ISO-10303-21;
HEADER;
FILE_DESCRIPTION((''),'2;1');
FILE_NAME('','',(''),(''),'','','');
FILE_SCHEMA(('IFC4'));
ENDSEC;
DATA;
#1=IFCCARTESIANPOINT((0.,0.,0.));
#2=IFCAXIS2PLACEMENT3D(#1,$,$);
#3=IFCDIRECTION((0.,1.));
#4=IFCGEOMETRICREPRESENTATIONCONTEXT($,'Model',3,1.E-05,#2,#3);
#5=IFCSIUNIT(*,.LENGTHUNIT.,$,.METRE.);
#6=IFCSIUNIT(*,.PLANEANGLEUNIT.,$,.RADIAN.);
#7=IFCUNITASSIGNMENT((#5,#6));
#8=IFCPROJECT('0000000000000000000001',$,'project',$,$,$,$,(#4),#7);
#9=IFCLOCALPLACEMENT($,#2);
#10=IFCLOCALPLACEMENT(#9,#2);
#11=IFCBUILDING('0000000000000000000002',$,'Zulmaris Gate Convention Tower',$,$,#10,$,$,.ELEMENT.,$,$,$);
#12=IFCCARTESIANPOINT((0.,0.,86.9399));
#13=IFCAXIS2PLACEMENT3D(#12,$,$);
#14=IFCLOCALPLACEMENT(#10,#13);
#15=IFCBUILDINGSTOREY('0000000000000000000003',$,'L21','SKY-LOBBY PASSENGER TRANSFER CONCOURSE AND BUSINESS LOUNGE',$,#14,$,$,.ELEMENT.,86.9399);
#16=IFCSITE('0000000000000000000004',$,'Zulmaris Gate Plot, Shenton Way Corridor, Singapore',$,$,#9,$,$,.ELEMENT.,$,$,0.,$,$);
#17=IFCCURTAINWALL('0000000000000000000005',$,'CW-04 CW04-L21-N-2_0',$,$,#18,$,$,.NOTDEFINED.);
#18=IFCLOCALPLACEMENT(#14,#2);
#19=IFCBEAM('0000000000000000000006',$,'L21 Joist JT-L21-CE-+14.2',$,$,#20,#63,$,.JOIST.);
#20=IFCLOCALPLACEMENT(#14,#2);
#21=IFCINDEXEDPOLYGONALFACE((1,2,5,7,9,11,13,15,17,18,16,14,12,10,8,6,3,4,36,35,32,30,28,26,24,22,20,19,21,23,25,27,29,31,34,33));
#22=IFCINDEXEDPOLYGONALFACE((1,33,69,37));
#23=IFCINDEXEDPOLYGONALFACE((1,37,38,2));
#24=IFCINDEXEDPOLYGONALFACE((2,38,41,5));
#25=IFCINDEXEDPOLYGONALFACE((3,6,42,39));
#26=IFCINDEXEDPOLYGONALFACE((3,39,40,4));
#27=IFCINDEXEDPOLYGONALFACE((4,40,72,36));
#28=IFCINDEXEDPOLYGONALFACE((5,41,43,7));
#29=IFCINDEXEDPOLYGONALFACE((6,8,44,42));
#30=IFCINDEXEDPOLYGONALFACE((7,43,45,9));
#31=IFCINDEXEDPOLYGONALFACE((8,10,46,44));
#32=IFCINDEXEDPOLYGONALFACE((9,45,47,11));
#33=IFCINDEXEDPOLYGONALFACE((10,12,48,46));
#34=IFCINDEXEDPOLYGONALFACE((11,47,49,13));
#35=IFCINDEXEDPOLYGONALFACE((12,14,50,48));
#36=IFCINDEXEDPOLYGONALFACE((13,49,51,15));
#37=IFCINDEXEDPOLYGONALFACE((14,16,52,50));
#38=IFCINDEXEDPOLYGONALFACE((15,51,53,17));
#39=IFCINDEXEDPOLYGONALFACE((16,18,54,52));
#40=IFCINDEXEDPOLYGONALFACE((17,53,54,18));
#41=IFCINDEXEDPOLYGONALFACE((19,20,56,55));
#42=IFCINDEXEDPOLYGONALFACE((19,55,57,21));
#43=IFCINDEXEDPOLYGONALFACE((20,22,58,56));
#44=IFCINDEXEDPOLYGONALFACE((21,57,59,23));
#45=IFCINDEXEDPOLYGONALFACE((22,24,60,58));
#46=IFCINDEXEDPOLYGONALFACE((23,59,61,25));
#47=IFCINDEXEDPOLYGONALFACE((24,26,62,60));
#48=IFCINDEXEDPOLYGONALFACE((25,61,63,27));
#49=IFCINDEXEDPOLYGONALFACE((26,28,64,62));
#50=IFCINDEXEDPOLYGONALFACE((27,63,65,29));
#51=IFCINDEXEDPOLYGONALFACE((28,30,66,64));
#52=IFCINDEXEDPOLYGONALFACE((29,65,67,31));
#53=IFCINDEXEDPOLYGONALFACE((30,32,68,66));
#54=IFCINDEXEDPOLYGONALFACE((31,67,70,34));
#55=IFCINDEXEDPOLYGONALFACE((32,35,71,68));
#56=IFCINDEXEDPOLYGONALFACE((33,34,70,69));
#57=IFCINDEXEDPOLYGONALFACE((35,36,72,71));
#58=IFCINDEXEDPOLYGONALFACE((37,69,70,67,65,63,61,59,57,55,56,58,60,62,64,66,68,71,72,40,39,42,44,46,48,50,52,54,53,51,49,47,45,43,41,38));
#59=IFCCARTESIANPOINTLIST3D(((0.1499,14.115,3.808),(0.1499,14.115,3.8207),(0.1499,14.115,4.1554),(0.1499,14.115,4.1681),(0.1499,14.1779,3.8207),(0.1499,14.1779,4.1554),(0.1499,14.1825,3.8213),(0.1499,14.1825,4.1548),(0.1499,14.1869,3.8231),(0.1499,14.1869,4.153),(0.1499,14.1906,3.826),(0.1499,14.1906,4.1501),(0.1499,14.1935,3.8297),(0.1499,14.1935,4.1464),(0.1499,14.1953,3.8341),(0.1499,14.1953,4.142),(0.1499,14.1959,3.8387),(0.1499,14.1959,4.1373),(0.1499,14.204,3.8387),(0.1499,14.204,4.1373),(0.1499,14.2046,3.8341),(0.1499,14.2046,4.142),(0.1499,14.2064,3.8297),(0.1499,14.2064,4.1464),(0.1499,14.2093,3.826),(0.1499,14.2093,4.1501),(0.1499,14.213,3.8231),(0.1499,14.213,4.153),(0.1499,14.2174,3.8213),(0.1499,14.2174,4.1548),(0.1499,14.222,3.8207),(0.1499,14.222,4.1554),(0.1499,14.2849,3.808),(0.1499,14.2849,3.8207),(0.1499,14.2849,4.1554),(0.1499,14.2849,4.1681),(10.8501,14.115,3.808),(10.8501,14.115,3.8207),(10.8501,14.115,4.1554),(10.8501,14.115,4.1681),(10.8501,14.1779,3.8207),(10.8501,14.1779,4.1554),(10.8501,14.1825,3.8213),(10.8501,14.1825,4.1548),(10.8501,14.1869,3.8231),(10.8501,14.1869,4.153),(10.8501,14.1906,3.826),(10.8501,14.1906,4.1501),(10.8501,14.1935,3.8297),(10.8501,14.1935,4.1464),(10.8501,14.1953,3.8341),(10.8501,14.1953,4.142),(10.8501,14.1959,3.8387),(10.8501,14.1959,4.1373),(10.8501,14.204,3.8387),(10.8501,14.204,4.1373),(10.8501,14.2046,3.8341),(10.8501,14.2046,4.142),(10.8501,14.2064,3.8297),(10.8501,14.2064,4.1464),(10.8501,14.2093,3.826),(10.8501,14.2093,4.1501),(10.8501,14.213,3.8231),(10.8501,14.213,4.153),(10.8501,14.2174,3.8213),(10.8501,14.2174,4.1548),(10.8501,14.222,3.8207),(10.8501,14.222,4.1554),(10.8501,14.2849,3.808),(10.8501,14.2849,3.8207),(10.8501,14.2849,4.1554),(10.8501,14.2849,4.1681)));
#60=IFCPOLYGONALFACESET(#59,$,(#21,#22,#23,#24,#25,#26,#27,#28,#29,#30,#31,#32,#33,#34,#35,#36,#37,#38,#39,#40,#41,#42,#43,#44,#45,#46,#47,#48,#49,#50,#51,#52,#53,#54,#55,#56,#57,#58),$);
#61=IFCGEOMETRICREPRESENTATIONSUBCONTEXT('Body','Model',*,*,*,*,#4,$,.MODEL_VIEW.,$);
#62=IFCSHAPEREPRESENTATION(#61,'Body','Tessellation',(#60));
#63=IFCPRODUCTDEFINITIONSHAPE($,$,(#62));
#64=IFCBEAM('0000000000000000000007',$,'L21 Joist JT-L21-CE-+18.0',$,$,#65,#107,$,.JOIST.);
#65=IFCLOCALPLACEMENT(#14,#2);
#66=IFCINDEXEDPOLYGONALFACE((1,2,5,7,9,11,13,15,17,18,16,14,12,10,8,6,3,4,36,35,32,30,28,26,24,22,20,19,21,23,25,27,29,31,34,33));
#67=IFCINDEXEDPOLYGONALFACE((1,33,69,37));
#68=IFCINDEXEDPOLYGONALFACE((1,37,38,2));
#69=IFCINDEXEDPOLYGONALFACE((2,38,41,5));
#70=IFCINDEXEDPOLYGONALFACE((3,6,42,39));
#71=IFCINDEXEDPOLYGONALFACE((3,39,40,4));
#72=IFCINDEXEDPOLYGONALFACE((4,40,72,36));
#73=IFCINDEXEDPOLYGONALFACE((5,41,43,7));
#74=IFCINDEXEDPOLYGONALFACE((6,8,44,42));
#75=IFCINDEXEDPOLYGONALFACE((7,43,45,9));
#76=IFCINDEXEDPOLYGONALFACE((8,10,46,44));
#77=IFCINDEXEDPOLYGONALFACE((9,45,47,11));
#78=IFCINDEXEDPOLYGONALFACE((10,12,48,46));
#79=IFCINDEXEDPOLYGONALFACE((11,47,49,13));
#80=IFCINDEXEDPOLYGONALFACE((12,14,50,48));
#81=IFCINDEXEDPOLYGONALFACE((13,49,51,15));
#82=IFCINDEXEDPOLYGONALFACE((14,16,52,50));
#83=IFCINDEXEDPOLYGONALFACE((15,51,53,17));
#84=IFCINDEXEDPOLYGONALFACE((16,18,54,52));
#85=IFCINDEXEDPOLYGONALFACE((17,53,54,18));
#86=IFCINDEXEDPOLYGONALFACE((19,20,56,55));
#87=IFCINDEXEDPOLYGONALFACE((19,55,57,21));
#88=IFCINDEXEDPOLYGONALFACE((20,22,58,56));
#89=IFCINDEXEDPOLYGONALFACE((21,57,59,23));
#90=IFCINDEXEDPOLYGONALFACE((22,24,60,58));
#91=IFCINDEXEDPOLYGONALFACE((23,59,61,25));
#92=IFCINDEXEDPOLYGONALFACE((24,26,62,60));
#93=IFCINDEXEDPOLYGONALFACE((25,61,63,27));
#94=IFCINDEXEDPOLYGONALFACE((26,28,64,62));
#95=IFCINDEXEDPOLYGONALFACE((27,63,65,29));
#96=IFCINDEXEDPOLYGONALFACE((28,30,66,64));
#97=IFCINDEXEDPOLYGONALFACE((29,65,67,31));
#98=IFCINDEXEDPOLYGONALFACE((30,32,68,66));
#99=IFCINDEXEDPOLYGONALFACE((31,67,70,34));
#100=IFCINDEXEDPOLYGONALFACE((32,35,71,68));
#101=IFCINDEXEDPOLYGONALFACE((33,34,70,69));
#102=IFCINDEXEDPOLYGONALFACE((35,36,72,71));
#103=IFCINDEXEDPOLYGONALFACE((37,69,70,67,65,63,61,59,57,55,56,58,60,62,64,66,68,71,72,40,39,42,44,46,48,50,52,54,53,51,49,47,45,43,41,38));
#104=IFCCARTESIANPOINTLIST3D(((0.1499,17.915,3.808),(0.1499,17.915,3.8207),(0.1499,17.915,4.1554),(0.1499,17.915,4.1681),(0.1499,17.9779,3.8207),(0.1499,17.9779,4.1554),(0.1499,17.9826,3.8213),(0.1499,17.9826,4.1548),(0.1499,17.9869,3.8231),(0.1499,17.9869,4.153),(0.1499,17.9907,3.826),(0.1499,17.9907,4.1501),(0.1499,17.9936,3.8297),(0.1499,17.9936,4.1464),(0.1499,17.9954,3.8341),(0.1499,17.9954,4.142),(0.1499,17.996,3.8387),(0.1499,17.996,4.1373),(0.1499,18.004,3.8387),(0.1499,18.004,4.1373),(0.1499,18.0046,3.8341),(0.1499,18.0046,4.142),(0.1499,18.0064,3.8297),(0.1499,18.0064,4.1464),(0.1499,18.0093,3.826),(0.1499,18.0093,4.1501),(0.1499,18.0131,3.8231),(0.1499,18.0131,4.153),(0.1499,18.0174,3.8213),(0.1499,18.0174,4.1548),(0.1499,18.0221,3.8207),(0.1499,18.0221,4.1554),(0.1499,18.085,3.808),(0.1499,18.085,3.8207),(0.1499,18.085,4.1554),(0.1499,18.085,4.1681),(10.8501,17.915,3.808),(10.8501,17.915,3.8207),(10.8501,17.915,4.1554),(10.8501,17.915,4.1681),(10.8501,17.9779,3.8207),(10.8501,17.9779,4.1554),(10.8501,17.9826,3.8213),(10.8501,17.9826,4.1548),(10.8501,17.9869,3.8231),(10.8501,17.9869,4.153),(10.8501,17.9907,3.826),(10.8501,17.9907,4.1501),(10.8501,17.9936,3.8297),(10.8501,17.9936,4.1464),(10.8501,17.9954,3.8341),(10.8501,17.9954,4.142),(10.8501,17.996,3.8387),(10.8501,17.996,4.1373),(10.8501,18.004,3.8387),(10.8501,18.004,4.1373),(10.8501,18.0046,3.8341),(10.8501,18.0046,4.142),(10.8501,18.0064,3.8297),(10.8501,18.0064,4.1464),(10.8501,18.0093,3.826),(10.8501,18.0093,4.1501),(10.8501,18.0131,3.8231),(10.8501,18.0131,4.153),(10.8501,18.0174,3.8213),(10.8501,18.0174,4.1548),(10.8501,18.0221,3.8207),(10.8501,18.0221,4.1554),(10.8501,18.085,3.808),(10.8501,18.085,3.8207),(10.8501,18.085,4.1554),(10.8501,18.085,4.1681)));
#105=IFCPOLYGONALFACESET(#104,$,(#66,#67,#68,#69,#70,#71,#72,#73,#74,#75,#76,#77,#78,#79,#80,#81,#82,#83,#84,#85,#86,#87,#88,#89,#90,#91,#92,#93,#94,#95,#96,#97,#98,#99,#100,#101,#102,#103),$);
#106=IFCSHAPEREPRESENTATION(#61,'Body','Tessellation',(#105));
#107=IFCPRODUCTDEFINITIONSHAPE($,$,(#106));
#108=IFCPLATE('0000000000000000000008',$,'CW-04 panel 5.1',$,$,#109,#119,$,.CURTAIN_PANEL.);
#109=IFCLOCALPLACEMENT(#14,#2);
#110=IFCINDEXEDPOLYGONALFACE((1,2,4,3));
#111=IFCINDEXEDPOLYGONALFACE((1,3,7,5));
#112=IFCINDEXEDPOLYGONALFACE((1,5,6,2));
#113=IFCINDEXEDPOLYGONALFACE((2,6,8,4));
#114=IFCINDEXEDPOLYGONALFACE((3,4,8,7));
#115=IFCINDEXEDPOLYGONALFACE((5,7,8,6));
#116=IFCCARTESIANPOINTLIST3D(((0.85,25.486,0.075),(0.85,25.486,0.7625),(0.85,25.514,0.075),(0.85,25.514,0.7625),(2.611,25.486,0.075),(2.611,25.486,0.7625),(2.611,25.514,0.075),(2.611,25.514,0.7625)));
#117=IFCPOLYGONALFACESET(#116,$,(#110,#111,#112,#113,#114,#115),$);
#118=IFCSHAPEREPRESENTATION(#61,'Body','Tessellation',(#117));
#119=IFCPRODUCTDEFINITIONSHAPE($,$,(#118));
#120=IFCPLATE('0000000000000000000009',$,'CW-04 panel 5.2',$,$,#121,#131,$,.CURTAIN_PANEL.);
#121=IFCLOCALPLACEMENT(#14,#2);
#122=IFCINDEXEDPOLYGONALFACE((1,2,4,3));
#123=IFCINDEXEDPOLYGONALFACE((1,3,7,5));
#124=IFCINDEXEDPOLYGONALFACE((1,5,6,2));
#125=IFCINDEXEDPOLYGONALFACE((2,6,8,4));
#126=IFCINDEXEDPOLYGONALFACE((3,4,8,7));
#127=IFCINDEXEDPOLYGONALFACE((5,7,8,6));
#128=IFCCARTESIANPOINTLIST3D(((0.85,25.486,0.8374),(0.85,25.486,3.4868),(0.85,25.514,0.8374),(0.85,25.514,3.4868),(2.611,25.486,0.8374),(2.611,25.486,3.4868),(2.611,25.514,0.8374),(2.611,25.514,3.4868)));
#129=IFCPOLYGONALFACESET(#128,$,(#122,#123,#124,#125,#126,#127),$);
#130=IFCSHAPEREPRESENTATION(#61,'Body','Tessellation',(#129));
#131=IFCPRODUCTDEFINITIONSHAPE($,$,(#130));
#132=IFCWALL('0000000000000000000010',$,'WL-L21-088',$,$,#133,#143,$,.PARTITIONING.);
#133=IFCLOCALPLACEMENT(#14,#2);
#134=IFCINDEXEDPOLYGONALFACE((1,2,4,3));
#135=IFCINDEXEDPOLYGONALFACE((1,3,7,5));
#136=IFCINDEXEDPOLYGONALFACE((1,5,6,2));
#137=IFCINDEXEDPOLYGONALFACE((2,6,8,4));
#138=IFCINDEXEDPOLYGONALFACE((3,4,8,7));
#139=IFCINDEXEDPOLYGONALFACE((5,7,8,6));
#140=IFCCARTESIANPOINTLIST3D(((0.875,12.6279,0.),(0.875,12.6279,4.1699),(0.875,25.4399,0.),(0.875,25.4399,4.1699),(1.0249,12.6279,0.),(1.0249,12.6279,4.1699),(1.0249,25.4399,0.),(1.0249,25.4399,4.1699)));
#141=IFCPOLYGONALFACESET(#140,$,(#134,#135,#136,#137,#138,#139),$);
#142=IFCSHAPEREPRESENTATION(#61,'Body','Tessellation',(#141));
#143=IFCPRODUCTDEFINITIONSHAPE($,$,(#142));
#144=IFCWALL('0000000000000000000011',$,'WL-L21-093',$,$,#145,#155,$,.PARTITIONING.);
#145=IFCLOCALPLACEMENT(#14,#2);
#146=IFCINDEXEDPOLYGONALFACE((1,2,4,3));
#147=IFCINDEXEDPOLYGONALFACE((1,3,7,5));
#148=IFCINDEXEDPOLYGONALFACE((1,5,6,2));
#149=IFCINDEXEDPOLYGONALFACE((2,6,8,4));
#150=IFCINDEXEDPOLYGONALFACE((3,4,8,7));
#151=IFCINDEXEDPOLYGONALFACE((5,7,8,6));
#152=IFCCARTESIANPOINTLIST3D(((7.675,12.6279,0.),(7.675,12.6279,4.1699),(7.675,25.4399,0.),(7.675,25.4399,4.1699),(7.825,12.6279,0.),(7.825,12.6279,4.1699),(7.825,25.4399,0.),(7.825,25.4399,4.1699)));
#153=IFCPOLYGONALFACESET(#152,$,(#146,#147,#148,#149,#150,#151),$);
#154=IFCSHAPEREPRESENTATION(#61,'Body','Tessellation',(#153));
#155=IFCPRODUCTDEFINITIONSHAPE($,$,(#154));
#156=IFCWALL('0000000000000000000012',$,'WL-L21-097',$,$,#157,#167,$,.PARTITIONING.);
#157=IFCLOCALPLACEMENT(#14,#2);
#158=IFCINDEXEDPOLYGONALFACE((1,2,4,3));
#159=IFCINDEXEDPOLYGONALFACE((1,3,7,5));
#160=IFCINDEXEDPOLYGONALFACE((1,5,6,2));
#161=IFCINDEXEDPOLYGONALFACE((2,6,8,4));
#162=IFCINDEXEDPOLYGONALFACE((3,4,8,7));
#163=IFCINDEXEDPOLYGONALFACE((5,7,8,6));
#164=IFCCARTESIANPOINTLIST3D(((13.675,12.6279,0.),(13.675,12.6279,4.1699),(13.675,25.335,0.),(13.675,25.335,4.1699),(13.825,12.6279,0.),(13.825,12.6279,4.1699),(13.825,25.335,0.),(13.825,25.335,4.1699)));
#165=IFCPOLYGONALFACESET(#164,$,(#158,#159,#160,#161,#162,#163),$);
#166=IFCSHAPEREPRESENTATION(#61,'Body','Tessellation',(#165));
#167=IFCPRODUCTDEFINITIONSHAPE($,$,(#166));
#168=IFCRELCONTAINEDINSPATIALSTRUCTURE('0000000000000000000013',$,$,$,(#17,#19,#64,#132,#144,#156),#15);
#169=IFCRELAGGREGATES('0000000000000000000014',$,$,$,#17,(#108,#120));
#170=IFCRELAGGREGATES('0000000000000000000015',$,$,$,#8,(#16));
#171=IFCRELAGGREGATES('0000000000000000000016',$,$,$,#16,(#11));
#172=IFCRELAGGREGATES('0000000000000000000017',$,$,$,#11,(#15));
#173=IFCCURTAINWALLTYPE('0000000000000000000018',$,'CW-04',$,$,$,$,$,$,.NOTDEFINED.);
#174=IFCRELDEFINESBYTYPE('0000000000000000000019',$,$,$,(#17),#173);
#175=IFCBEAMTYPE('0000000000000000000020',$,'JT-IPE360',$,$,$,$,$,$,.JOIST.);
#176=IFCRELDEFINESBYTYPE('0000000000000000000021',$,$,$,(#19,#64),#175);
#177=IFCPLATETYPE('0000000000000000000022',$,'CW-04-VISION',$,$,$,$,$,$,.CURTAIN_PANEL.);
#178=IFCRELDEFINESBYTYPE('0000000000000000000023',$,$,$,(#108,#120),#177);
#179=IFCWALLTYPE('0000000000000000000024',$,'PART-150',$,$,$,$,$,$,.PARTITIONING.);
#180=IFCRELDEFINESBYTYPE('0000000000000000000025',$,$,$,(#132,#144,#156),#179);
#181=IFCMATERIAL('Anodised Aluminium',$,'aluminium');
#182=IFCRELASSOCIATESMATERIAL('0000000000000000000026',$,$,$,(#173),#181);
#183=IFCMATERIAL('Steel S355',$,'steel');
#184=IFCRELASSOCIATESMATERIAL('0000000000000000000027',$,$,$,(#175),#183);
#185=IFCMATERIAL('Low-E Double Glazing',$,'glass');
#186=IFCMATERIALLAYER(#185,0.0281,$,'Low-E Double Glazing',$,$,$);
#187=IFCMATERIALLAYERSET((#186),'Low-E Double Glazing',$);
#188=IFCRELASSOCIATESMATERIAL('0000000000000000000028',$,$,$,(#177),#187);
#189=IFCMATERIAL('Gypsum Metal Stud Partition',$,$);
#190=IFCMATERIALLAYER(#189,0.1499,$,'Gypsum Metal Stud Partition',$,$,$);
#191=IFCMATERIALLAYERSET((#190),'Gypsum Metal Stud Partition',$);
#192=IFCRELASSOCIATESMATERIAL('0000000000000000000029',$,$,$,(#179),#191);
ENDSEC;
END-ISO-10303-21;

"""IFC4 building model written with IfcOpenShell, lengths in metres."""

from ifc_helpers import new_model, si_unit, direction, frame, frame_2d, origin, origin_2d, place, context, subcontext, project, spatial, rectangle, i_section, extrude, material, layer, layer_set, material_profile, profile_set, type_object, element, aggregate, save


model = new_model("IFC4")

# Units and contexts
model_context = context("Model", 3, precision=1e-05, world=origin(), true_north=direction((0.0, 1.0)))
body_context = subcontext(model_context, "Body", "Model", "MODEL_VIEW")
ifc_project = project(units=[si_unit("LENGTHUNIT", "METRE"), si_unit("PLANEANGLEUNIT", "RADIAN")], contexts=[model_context])

# Site, building, storey
site_placement = place(None, origin())
site = spatial("IfcSite", under=ifc_project, at=site_placement, Name="Zulmaris Gate Plot, Shenton Way Corridor, Singapore", CompositionType="ELEMENT", RefElevation=0.0)
building_placement = place(site_placement, origin())
building = spatial("IfcBuilding", under=site, at=building_placement, Name="Zulmaris Gate Convention Tower", CompositionType="ELEMENT")
storey_placement = place(building_placement, frame((0.0, 0.0, 86.9399)))
storey = spatial("IfcBuildingStorey", under=building, at=storey_placement, Name="L21", Description="SKY-LOBBY PASSENGER TRANSFER CONCOURSE AND BUSINESS LOUNGE", CompositionType="ELEMENT", Elevation=86.9399)

# Shared definitions
ifc_material_1 = material(Name="Steel S355", Category="steel")

# Curtain wall
ifc_material_2 = material(Name="Anodised Aluminium", Category="aluminium")
curtain_wall_type = type_object("IfcCurtainWallType", Name="CW-04", PredefinedType="NOTDEFINED", material=ifc_material_2)
curtain_wall_placement = place(storey_placement, origin())
curtain_wall = element("IfcCurtainWall", 1, at=curtain_wall_placement, inside=storey, type_object=curtain_wall_type, Name="CW-04 CW04-L21-N-2_0", PredefinedType="NOTDEFINED")

# Beams
ifc_material_profile_1 = material_profile(ifc_material_1, i_section(OverallWidth=0.1699, OverallDepth=0.3601, WebThickness=0.0081, FlangeThickness=0.0127, FilletRadius=0.0181, at=origin_2d()), Name="IPE 360")
ifc_profile_set_1 = profile_set([ifc_material_profile_1], Name="Steel S355")
beam_type_1 = type_object("IfcBeamType", Name="JT-IPE360", PredefinedType="JOIST", material=ifc_profile_set_1)
for number, where, z_axis, x_axis, name in (
    (2, (0.1499, 14.2, 3.988), (1.0, 0.0, 0.0), (0.0, 1.0, 0.0), "L21 Joist JT-L21-CE-+14.2"),
    (3, (0.1499, 18.0, 3.988), (1.0, 0.0, 0.0), (0.0, 1.0, 0.0), "L21 Joist JT-L21-CE-+18.0"),
):
    element("IfcBeam", number, at=place(storey_placement, frame(where, z_axis=z_axis, x_axis=x_axis)), inside=storey, type_object=beam_type_1, Name=name, PredefinedType="JOIST", context=body_context, shape_type="SweptSolid", body=[
        extrude(i_section(OverallWidth=0.1699, OverallDepth=0.3601, WebThickness=0.0081, FlangeThickness=0.0127, FilletRadius=0.0181, at=origin_2d()), origin(), (0.0, 0.0, 1.0), 10.7002),
    ])

# Plates
ifc_material_3 = material(Name="Low-E Double Glazing", Category="glass")
ifc_layer_1 = layer(ifc_material_3, 0.0281, Name="Low-E Double Glazing")
ifc_layer_set_1 = layer_set([ifc_layer_1], Name="Low-E Double Glazing")
plate_type = type_object("IfcPlateType", Name="CW-04-VISION", PredefinedType="CURTAIN_PANEL", material=ifc_layer_set_1)
plate_1_placement = place(storey_placement, frame((1.7305, 25.5, 0.075), z_axis=(0.0, 0.0, 1.0), x_axis=(-1.0, 0.0, 0.0)))
plate_1 = element("IfcPlate", 4, at=plate_1_placement, type_object=plate_type, Name="CW-04 panel 5.1", PredefinedType="CURTAIN_PANEL", context=body_context, shape_type="SweptSolid", body=[
    extrude(rectangle(XDim=1.761, YDim=0.0281, at=origin_2d()), origin(), (0.0, 0.0, 1.0), 0.6875),
])
plate_2_placement = place(storey_placement, frame((1.7305, 25.5, 0.8374), z_axis=(0.0, 0.0, 1.0), x_axis=(-1.0, 0.0, 0.0)))
plate_2 = element("IfcPlate", 5, at=plate_2_placement, type_object=plate_type, Name="CW-04 panel 5.2", PredefinedType="CURTAIN_PANEL", context=body_context, shape_type="SweptSolid", body=[
    extrude(rectangle(XDim=1.761, YDim=0.0281, at=origin_2d()), origin(), (0.0, 0.0, 1.0), 2.6494),
])
aggregate(curtain_wall, [plate_1, plate_2])

# Walls
ifc_material_4 = material(Name="Gypsum Metal Stud Partition")
ifc_layer_2 = layer(ifc_material_4, 0.1499, Name="Gypsum Metal Stud Partition")
ifc_layer_set_2 = layer_set([ifc_layer_2], Name="Gypsum Metal Stud Partition")
wall_type_1 = type_object("IfcWallType", Name="PART-150", PredefinedType="PARTITIONING", material=ifc_layer_set_2)
for number, where, z_axis, x_axis, name in (
    (6, (0.95, 12.6279, 0.0), (0.0, 0.0, 1.0), (0.0, 1.0, 0.0), "WL-L21-088"),
    (7, (7.75, 12.6279, 0.0), (0.0, 0.0, 1.0), (0.0, 1.0, 0.0), "WL-L21-093"),
):
    element("IfcWall", number, at=place(storey_placement, frame(where, z_axis=z_axis, x_axis=x_axis)), inside=storey, type_object=wall_type_1, Name=name, PredefinedType="PARTITIONING", context=body_context, shape_type="SweptSolid", body=[
        extrude(rectangle(XDim=12.812, YDim=0.1499, at=frame_2d((6.406, 0.0))), origin(), (0.0, 0.0, 1.0), 4.1699),
    ])
wall_1_placement = place(storey_placement, frame((13.75, 12.6279, 0.0), z_axis=(0.0, 0.0, 1.0), x_axis=(0.0, 1.0, 0.0)))
element("IfcWall", 8, at=wall_1_placement, inside=storey, type_object=wall_type_1, Name="WL-L21-097", PredefinedType="PARTITIONING", context=body_context, shape_type="SweptSolid", body=[
    extrude(rectangle(XDim=12.707, YDim=0.1499, at=frame_2d((6.3535, 0.0))), origin(), (0.0, 0.0, 1.0), 4.1699),
])

save(model, "model.ifc")
